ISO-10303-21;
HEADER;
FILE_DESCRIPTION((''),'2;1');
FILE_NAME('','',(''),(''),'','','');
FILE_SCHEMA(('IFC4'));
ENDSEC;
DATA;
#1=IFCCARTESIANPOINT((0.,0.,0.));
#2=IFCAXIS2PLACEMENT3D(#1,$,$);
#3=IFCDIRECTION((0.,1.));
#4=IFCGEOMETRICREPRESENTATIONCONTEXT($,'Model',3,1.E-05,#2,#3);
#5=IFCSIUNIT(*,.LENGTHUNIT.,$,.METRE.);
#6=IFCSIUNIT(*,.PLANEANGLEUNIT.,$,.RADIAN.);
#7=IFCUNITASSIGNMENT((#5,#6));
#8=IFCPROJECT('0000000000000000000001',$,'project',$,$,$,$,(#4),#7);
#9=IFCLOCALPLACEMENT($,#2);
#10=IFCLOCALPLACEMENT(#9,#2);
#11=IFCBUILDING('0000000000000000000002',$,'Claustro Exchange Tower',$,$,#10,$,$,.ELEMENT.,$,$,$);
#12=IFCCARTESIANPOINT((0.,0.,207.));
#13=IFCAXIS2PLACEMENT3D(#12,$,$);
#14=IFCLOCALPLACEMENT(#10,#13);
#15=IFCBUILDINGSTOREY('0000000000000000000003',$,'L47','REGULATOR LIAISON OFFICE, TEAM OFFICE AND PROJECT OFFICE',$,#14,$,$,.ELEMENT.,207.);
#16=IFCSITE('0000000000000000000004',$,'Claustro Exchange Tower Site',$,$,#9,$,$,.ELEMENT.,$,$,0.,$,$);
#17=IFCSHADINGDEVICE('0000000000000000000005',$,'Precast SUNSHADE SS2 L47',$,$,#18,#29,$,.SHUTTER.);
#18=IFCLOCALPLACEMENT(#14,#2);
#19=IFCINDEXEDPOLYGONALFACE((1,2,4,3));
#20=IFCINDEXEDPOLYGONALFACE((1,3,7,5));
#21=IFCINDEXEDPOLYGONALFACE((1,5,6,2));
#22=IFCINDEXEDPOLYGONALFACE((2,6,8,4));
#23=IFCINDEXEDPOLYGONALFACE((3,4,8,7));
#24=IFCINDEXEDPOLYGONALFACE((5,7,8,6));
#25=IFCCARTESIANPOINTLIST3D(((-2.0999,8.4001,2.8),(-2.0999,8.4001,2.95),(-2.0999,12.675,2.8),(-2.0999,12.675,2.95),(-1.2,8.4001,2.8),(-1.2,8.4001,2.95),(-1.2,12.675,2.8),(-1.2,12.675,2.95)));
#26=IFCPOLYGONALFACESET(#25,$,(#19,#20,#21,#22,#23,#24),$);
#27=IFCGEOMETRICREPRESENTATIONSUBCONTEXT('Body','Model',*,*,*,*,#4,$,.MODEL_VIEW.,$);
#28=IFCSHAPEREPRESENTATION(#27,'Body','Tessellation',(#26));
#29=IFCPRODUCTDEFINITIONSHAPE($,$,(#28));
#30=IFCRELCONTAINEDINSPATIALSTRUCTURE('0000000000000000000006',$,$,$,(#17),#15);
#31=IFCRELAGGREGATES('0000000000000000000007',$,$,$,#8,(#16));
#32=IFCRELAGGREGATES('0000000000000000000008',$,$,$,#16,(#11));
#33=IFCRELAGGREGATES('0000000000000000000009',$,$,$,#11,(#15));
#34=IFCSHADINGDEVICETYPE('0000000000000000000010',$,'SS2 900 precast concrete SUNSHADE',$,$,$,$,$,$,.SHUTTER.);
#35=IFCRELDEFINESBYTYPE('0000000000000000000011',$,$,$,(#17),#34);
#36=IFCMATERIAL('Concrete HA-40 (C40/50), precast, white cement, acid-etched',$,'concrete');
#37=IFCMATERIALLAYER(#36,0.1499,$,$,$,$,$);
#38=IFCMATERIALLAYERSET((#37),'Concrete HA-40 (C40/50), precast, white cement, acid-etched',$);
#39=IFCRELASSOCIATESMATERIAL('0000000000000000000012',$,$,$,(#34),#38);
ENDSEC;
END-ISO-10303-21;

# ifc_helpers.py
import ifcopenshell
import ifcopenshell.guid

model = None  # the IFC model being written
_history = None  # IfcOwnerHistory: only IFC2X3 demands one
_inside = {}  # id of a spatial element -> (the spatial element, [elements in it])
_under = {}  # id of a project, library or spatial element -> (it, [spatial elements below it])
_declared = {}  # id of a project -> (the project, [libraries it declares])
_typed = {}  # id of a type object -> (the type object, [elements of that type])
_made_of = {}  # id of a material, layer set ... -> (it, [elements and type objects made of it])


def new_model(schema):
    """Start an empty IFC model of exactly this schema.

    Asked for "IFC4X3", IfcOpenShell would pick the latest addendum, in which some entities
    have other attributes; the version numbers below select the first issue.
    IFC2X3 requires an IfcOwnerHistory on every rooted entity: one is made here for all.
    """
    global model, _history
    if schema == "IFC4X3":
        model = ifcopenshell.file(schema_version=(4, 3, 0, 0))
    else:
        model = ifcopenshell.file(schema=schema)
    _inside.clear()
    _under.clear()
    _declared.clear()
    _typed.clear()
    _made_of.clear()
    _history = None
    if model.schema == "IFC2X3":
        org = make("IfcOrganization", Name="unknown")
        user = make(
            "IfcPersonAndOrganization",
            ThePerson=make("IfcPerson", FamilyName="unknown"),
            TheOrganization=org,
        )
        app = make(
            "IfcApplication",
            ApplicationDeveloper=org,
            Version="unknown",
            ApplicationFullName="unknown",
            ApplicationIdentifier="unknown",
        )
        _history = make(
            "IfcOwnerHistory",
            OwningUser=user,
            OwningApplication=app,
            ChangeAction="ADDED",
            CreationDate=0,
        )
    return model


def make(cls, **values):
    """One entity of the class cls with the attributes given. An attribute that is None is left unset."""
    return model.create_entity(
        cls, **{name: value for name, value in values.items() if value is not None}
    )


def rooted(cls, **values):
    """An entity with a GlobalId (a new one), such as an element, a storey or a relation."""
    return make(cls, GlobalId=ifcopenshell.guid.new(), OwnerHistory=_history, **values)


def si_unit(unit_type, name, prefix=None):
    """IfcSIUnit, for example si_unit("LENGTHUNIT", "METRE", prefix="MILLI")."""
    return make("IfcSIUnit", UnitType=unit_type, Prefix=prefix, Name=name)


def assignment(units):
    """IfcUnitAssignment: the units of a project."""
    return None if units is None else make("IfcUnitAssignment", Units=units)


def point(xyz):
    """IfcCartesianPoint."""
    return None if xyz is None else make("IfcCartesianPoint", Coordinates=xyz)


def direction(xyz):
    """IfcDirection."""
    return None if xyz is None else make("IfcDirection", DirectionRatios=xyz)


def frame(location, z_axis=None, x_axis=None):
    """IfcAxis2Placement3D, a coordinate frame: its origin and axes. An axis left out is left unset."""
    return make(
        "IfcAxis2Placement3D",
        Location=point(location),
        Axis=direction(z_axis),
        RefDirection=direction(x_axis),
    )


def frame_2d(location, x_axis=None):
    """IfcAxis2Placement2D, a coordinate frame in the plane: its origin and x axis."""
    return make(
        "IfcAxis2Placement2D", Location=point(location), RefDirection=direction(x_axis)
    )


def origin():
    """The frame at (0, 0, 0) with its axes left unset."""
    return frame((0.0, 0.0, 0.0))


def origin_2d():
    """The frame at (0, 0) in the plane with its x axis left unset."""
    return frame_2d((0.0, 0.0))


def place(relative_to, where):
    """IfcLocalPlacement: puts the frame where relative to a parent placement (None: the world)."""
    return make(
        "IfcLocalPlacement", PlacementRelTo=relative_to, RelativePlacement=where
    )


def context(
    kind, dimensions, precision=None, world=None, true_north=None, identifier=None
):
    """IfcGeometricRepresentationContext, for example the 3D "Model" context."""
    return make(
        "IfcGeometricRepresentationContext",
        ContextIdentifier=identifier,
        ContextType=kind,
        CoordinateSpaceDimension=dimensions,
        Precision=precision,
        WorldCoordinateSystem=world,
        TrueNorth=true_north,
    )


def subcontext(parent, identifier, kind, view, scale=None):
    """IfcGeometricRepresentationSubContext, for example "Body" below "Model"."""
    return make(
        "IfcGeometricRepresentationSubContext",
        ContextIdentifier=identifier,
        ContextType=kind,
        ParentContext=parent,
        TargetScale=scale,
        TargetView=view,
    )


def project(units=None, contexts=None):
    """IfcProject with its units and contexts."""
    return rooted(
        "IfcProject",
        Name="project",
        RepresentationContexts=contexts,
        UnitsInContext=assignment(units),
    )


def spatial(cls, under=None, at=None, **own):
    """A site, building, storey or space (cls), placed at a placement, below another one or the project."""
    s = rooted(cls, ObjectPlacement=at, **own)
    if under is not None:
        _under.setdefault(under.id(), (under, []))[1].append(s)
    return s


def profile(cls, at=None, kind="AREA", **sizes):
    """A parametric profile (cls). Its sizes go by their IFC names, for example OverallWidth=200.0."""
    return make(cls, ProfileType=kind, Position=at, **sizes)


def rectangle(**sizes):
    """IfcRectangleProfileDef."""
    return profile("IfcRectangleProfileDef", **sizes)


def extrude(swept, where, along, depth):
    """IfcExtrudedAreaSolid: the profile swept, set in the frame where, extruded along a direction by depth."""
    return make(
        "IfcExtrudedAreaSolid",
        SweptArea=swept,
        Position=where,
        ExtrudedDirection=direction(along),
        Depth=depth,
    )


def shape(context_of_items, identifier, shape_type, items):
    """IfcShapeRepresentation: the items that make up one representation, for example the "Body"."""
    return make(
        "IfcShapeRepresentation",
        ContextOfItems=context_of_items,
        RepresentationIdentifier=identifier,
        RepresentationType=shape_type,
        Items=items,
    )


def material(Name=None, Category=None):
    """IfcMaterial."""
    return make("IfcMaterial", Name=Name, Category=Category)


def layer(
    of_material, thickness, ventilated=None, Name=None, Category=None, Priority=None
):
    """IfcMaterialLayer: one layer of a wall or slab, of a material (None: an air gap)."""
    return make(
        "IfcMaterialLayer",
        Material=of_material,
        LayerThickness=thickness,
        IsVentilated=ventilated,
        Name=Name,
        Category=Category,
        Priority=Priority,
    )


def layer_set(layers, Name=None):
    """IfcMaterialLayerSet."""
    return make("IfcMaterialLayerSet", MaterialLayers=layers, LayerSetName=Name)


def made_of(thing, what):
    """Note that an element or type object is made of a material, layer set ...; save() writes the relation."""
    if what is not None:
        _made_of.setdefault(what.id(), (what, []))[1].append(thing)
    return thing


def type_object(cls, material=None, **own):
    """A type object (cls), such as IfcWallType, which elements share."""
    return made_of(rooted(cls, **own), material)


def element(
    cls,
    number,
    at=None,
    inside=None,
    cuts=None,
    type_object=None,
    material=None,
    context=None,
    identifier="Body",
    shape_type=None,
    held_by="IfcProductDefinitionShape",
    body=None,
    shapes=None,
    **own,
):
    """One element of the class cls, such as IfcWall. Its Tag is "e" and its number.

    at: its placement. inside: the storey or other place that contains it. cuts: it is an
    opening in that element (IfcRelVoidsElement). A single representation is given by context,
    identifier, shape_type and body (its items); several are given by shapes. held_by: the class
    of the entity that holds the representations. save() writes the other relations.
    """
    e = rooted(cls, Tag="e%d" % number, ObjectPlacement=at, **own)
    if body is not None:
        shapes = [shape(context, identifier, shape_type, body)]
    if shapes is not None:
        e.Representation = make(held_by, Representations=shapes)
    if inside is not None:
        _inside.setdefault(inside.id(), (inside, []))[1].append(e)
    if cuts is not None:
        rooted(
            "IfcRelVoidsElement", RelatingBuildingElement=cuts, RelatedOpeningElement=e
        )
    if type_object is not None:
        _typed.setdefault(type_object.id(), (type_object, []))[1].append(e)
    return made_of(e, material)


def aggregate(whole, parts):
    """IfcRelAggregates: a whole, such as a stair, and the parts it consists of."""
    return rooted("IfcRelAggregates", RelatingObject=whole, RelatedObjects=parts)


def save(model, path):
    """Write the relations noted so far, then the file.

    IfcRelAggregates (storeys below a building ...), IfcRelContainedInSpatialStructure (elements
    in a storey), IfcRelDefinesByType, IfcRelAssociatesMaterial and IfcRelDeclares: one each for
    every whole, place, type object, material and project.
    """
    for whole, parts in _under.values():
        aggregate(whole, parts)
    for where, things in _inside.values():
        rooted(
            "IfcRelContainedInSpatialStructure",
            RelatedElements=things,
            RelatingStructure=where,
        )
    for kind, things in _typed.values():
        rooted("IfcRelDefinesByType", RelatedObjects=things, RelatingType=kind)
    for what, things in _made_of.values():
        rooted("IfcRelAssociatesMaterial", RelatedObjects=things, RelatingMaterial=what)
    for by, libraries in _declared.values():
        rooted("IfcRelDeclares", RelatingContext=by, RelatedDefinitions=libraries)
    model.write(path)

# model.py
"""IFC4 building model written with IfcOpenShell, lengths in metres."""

from ifc_helpers import new_model, si_unit, direction, frame, origin, origin_2d, place, context, subcontext, project, spatial, rectangle, extrude, material, layer, layer_set, type_object, element, save


model = new_model("IFC4")

# Units and contexts
model_context = context("Model", 3, precision=1e-05, world=origin(), true_north=direction((0.0, 1.0)))
body_context = subcontext(model_context, "Body", "Model", "MODEL_VIEW")
ifc_project = project(units=[si_unit("LENGTHUNIT", "METRE"), si_unit("PLANEANGLEUNIT", "RADIAN")], contexts=[model_context])

# Site, building, storey
site_placement = place(None, origin())
site = spatial("IfcSite", under=ifc_project, at=site_placement, Name="Claustro Exchange Tower Site", CompositionType="ELEMENT", RefElevation=0.0)
building_placement = place(site_placement, origin())
building = spatial("IfcBuilding", under=site, at=building_placement, Name="Claustro Exchange Tower", CompositionType="ELEMENT")
storey_placement = place(building_placement, frame((0.0, 0.0, 207.0)))
storey = spatial("IfcBuildingStorey", under=building, at=storey_placement, Name="L47", Description="REGULATOR LIAISON OFFICE, TEAM OFFICE AND PROJECT OFFICE", CompositionType="ELEMENT", Elevation=207.0)

# Shading device
ifc_material_1 = material(Name="Concrete HA-40 (C40/50), precast, white cement, acid-etched", Category="concrete")
ifc_layer_1 = layer(ifc_material_1, 0.1499)
ifc_layer_set_1 = layer_set([ifc_layer_1], Name="Concrete HA-40 (C40/50), precast, white cement, acid-etched")
shading_device_type = type_object("IfcShadingDeviceType", Name="SS2 900 precast concrete SUNSHADE", PredefinedType="SHUTTER", material=ifc_layer_set_1)
shading_device_placement = place(storey_placement, frame((-1.6499, 10.5376, 2.8), z_axis=(0.0, 0.0, 1.0), x_axis=(0.0, 1.0, 0.0)))
element("IfcShadingDevice", 1, at=shading_device_placement, inside=storey, type_object=shading_device_type, Name="Precast SUNSHADE SS2 L47", PredefinedType="SHUTTER", context=body_context, shape_type="SweptSolid", body=[
    extrude(rectangle(XDim=4.2749, YDim=0.8999, at=origin_2d()), origin(), (0.0, 0.0, 1.0), 0.1499),
])

save(model, "model.ifc")
